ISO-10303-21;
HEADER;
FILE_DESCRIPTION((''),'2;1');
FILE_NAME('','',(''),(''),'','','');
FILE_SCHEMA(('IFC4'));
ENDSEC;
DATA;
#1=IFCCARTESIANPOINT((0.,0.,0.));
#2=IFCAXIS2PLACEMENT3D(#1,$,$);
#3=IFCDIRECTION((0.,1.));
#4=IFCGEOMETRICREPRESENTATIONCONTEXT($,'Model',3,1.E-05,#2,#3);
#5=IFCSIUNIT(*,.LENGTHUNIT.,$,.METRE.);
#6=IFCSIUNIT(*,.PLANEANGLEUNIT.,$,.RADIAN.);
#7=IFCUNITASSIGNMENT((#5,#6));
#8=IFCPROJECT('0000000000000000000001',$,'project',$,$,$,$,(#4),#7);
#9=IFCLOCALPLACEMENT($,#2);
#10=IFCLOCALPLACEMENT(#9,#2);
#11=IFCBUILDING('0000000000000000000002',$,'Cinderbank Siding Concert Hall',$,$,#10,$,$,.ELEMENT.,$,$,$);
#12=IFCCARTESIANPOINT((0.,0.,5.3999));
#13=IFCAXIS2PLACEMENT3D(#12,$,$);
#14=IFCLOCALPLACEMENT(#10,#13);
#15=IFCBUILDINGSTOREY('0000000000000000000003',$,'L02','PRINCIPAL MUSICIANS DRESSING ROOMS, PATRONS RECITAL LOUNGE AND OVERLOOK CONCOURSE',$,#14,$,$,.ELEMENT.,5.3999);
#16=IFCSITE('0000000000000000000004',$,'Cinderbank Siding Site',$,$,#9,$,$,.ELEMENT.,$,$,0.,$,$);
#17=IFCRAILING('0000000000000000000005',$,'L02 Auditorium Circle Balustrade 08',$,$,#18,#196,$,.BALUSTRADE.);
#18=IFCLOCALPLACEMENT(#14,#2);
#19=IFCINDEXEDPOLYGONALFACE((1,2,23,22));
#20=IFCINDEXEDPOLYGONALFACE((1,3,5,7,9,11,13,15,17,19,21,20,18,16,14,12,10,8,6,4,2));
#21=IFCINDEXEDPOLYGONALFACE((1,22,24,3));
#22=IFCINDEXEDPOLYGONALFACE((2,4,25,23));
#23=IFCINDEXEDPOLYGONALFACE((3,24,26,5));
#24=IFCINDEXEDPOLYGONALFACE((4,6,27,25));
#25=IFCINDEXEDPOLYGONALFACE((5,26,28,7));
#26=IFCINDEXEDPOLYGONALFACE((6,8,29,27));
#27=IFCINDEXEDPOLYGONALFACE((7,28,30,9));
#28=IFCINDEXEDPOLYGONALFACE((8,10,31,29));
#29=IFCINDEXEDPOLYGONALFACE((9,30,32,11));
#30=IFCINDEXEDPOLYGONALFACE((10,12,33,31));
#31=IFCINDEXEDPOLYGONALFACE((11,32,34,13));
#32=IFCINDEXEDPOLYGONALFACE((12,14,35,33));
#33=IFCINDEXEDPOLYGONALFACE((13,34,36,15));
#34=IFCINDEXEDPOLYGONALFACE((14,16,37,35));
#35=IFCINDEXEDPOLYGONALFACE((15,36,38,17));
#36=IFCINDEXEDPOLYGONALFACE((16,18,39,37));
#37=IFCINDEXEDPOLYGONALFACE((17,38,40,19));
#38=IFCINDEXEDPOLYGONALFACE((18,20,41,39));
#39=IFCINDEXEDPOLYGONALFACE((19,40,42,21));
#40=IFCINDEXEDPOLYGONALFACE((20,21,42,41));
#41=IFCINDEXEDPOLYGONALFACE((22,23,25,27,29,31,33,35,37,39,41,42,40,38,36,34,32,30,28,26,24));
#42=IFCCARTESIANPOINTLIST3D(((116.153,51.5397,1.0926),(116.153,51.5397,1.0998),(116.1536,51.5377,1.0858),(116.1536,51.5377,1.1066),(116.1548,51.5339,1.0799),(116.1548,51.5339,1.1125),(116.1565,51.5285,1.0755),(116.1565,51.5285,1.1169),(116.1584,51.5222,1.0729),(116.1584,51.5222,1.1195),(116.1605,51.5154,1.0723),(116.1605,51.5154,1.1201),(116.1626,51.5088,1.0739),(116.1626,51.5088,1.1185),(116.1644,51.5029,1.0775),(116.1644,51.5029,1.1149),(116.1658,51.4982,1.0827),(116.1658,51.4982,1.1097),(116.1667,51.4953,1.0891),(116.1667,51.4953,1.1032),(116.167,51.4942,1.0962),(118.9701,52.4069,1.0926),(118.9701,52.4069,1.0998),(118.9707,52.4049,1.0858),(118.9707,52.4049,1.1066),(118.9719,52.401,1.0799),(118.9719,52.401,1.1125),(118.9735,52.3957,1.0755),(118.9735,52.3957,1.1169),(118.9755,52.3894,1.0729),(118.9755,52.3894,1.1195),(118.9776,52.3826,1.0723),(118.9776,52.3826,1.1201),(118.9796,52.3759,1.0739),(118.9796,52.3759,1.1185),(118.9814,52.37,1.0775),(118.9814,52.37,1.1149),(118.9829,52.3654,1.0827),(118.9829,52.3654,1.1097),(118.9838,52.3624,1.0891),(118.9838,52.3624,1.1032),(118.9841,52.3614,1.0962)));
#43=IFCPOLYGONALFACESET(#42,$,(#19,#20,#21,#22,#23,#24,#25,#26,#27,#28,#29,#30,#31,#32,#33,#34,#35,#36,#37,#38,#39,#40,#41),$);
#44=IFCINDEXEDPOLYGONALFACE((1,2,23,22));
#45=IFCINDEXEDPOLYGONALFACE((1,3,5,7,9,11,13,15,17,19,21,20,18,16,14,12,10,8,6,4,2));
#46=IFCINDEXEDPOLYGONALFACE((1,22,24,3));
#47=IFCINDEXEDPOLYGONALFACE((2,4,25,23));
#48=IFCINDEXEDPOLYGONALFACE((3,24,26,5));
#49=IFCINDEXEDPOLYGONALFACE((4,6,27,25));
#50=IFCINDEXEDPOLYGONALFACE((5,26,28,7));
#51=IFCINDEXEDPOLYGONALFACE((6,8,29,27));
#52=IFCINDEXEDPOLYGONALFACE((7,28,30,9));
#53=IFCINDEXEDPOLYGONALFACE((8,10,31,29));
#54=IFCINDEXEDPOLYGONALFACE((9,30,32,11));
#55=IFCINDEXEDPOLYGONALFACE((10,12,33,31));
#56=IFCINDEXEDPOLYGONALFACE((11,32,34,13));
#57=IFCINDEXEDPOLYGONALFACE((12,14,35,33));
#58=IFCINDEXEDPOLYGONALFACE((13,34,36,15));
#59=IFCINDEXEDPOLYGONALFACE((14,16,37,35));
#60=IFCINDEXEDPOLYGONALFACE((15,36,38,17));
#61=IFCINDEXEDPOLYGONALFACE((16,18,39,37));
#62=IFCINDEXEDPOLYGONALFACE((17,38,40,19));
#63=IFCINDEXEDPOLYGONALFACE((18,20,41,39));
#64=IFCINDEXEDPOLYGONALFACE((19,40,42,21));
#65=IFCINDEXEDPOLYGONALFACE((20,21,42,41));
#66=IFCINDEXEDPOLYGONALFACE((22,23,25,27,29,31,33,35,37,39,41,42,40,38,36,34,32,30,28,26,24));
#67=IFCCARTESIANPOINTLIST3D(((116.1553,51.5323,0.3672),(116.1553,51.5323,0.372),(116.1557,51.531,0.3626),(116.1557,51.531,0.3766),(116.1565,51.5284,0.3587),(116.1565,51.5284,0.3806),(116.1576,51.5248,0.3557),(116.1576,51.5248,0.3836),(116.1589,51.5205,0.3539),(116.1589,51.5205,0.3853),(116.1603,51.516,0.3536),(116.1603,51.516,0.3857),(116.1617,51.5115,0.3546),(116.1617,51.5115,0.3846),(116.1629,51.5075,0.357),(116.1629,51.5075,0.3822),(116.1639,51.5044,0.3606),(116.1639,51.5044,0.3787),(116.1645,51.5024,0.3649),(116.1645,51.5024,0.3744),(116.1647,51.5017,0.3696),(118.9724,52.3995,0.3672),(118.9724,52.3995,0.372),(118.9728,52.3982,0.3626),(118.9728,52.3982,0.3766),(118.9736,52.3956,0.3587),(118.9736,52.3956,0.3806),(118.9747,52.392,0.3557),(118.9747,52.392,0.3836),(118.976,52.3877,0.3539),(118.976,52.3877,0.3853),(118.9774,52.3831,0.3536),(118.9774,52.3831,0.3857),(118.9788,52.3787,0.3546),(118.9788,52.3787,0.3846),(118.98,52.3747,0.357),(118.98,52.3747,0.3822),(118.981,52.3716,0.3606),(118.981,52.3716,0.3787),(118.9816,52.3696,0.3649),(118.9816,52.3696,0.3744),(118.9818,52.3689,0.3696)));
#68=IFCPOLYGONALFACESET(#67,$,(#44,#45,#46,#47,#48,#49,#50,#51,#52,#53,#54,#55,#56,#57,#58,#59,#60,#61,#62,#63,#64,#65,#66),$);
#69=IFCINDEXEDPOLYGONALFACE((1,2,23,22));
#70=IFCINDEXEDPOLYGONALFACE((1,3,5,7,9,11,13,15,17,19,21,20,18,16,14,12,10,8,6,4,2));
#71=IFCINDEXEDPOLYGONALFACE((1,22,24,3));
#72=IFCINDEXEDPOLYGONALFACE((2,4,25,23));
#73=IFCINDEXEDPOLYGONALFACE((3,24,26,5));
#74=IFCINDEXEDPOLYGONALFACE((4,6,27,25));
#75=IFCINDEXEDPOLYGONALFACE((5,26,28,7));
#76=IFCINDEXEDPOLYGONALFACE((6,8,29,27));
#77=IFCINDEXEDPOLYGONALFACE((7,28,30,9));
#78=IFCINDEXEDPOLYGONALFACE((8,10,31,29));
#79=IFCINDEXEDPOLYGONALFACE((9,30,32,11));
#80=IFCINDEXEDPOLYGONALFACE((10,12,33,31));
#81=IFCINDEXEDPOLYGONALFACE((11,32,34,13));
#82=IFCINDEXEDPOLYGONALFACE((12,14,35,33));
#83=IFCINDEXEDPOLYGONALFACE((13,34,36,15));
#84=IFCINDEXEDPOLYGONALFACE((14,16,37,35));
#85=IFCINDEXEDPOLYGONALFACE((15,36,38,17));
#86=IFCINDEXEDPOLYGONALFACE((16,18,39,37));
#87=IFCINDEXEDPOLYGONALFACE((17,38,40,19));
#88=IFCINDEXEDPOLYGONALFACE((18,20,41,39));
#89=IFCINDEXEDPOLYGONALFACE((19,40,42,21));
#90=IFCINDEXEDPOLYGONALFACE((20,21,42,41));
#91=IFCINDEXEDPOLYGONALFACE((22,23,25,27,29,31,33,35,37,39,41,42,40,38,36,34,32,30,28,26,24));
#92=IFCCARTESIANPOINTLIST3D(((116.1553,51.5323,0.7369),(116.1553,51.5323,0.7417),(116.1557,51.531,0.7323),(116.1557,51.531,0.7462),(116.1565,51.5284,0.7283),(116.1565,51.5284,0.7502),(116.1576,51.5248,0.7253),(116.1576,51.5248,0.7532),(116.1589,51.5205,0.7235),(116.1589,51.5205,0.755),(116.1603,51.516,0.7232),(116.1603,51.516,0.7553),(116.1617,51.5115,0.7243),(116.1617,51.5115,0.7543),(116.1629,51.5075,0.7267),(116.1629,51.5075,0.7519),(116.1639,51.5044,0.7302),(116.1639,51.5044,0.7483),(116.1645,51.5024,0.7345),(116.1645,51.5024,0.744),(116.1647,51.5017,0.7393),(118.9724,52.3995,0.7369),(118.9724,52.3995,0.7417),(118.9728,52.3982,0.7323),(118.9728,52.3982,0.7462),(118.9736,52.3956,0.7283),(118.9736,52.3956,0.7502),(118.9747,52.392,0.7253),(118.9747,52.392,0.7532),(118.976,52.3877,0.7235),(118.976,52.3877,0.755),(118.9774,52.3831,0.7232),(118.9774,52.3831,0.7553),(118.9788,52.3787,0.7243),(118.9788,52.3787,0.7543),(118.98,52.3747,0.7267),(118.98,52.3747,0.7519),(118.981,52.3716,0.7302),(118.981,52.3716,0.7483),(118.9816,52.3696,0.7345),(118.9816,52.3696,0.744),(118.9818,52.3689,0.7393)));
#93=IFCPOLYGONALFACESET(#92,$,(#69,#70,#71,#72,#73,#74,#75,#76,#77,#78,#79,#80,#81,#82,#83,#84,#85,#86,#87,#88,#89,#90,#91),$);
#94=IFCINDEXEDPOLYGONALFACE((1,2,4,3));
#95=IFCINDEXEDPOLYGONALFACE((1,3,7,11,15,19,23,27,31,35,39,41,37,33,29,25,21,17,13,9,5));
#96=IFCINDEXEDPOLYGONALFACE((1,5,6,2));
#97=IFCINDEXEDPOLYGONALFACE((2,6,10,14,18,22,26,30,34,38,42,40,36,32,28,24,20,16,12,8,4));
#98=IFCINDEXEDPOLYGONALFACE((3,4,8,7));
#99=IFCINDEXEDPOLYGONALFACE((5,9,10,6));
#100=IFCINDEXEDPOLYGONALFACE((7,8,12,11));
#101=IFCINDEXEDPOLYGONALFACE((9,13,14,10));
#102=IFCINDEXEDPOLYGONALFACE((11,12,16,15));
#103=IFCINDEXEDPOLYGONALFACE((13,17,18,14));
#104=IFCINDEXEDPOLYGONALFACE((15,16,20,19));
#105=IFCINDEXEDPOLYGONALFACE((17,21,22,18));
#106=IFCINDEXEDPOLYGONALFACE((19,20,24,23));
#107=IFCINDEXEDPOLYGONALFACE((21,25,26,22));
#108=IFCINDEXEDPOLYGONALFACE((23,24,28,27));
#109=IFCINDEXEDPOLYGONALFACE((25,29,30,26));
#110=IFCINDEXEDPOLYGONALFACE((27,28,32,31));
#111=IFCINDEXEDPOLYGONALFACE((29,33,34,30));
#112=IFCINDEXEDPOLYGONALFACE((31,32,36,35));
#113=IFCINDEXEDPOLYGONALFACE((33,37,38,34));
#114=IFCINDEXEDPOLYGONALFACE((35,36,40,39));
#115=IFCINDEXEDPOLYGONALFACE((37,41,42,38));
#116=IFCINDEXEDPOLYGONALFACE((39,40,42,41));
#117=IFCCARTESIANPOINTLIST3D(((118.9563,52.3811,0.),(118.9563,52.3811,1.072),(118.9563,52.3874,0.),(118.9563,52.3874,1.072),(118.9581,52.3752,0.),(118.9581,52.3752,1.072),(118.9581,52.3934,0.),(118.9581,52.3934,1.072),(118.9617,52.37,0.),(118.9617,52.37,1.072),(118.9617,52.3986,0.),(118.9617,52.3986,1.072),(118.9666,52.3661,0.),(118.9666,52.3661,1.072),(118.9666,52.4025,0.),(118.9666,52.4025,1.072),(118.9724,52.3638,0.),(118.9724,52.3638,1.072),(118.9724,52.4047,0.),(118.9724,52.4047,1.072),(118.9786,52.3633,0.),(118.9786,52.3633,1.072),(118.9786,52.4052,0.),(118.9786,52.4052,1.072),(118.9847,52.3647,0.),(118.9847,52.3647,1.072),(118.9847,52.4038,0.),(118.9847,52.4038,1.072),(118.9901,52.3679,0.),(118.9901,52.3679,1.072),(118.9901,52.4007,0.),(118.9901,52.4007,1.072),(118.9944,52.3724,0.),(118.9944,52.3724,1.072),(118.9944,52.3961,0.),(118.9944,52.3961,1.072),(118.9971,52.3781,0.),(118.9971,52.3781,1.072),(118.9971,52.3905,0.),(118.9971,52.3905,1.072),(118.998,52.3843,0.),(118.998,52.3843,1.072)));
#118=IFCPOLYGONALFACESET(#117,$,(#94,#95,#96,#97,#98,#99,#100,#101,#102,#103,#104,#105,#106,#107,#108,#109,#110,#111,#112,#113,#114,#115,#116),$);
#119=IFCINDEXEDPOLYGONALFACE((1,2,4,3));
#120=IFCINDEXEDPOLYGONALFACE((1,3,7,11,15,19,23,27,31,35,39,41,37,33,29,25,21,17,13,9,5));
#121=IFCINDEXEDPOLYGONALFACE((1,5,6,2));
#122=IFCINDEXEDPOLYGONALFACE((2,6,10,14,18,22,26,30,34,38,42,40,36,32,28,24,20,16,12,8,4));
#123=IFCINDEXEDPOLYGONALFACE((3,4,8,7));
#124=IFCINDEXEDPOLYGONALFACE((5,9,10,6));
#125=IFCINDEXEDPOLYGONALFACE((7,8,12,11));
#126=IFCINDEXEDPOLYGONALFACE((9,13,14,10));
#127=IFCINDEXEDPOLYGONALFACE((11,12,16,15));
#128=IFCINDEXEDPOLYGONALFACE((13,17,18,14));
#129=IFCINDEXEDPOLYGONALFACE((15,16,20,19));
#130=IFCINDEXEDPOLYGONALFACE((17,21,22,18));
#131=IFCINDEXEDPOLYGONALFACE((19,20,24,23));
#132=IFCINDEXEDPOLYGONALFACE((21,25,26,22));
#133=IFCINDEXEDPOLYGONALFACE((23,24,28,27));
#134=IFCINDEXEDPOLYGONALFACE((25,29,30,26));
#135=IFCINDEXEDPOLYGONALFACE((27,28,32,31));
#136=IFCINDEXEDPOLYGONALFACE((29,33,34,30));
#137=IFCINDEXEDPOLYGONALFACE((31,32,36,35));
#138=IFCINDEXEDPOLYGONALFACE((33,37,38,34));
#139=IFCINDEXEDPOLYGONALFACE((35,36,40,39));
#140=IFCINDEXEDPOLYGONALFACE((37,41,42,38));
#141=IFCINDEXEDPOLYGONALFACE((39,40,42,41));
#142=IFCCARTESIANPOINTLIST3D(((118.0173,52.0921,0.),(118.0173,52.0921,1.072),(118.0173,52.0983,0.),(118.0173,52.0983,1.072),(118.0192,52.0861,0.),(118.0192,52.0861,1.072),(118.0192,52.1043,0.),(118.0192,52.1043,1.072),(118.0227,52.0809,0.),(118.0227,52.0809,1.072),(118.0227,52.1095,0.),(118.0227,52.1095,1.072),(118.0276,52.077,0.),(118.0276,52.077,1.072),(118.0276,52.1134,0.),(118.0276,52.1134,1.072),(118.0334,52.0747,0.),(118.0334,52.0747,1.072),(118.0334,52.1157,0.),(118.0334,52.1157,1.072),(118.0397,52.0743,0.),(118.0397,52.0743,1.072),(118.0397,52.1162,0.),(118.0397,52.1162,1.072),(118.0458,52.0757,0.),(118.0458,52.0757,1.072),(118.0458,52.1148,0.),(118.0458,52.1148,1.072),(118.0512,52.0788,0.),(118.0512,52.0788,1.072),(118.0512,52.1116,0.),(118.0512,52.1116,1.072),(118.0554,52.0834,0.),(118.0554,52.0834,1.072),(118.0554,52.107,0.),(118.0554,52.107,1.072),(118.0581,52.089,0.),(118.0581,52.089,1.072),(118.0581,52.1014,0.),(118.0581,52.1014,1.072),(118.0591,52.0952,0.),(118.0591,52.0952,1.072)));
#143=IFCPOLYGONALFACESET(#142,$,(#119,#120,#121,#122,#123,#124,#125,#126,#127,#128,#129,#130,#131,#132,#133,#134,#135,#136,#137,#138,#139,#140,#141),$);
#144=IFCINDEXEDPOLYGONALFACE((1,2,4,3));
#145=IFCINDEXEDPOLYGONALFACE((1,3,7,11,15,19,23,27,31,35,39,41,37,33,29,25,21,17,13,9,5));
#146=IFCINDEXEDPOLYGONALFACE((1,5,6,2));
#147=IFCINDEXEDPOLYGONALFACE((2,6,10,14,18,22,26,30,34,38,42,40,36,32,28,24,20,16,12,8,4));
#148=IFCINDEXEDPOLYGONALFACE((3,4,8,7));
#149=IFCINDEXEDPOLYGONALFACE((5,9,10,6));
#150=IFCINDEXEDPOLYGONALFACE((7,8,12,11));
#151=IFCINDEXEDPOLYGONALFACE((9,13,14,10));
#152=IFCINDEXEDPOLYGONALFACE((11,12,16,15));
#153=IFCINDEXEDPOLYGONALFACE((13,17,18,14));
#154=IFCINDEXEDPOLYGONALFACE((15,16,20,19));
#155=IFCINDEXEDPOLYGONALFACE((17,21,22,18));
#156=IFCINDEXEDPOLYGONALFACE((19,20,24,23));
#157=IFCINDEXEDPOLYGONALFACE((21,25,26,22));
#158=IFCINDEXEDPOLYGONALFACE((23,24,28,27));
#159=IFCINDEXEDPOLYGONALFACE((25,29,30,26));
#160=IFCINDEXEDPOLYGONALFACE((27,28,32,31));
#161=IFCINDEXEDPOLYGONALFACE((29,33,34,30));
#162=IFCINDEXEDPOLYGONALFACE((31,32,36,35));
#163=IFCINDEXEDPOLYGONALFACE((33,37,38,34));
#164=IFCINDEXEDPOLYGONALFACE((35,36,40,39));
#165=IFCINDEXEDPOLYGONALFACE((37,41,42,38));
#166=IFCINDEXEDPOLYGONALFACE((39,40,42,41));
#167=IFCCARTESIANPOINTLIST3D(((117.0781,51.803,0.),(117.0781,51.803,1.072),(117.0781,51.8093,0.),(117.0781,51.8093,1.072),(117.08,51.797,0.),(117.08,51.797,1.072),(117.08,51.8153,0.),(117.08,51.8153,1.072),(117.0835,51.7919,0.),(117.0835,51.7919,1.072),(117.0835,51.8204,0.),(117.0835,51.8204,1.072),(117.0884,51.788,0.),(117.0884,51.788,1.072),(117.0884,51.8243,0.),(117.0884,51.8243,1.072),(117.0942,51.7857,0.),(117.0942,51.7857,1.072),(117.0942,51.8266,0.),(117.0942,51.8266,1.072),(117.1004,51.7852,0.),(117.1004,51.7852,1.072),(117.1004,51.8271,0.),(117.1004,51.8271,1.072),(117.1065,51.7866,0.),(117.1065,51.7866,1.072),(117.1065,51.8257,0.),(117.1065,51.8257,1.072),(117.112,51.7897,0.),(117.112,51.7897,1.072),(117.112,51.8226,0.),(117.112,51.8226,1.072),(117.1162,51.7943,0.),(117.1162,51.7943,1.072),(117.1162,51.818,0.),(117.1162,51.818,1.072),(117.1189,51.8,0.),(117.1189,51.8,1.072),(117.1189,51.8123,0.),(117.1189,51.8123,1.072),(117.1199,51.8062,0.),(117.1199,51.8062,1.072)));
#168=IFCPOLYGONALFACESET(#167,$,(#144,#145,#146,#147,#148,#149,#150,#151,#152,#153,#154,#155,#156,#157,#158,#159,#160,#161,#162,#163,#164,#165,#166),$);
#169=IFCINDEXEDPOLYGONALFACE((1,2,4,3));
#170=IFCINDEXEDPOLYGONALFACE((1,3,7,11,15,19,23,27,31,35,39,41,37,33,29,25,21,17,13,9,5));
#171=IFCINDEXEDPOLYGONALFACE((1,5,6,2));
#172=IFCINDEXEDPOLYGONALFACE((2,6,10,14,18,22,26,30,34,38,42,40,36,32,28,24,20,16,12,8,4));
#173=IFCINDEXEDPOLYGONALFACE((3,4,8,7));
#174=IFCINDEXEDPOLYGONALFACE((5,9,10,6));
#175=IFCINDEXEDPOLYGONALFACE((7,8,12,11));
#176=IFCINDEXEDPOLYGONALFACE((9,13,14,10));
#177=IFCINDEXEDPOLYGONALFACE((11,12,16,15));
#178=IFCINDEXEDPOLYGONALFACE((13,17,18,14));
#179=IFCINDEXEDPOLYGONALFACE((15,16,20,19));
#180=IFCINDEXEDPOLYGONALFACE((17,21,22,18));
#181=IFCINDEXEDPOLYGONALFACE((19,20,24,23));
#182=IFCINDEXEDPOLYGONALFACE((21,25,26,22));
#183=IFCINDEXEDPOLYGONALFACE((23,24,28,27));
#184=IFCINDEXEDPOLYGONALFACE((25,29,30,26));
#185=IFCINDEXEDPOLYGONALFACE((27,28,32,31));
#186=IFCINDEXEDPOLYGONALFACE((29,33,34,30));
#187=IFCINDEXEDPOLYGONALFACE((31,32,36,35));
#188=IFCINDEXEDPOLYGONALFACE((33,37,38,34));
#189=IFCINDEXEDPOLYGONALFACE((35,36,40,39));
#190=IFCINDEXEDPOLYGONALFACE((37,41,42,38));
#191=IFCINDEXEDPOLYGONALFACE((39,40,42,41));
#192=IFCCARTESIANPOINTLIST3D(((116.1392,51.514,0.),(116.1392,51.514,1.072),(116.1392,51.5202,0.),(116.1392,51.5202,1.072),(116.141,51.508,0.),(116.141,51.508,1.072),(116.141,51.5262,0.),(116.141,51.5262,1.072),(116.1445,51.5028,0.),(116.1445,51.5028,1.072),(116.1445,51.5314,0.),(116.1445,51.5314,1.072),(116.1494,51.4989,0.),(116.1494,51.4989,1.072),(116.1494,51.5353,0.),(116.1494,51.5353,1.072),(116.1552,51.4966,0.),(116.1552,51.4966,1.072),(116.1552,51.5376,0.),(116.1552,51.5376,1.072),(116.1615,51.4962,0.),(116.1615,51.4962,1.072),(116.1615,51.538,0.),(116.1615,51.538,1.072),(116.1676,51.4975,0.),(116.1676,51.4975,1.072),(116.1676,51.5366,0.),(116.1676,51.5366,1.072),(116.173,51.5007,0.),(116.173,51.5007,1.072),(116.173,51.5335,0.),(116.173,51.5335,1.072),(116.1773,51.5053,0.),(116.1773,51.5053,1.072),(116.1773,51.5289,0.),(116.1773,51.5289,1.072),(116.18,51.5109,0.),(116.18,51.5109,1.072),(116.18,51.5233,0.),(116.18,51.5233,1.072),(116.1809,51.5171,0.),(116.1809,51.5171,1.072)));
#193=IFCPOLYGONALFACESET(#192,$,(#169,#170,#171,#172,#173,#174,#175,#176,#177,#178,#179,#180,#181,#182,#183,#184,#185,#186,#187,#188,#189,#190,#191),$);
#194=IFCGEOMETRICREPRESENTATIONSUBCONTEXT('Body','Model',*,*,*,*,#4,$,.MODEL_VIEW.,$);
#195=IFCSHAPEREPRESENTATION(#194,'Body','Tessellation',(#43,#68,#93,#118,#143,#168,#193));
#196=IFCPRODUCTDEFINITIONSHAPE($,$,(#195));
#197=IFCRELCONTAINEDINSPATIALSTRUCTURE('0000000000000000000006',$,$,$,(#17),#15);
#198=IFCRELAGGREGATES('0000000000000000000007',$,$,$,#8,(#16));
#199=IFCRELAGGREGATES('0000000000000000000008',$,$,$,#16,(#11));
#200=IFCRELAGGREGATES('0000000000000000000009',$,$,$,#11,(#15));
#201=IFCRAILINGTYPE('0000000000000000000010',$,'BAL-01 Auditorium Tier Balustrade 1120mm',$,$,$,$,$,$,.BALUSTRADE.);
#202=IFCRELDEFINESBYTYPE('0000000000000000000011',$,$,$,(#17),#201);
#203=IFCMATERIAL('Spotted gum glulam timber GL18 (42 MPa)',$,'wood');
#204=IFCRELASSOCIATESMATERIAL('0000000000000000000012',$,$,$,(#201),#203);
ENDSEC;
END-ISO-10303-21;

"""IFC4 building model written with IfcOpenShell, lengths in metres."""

from ifc_helpers import new_model, si_unit, direction, frame, origin, origin_2d, place, context, subcontext, project, spatial, circle, extrude, material, type_object, element, save


model = new_model("IFC4")

# Units and contexts
model_context = context("Model", 3, precision=1e-05, world=origin(), true_north=direction((0.0, 1.0)))
body_context = subcontext(model_context, "Body", "Model", "MODEL_VIEW")
ifc_project = project(units=[si_unit("LENGTHUNIT", "METRE"), si_unit("PLANEANGLEUNIT", "RADIAN")], contexts=[model_context])

# Site, building, storey
site_placement = place(None, origin())
site = spatial("IfcSite", under=ifc_project, at=site_placement, Name="Cinderbank Siding Site", CompositionType="ELEMENT", RefElevation=0.0)
building_placement = place(site_placement, origin())
building = spatial("IfcBuilding", under=site, at=building_placement, Name="Cinderbank Siding Concert Hall", CompositionType="ELEMENT")
storey_placement = place(building_placement, frame((0.0, 0.0, 5.3999)))
storey = spatial("IfcBuildingStorey", under=building, at=storey_placement, Name="L02", Description="PRINCIPAL MUSICIANS DRESSING ROOMS, PATRONS RECITAL LOUNGE AND OVERLOOK CONCOURSE", CompositionType="ELEMENT", Elevation=5.3999)

# Railing
ifc_material_1 = material(Name="Spotted gum glulam timber GL18 (42 MPa)", Category="wood")
railing_type = type_object("IfcRailingType", Name="BAL-01 Auditorium Tier Balustrade 1120mm", PredefinedType="BALUSTRADE", material=ifc_material_1)
railing_1_placement = place(storey_placement, frame((118.9771, 52.3843, 0.0)))
element("IfcRailing", 1, at=railing_1_placement, inside=storey, type_object=railing_type, Name="L02 Auditorium Circle Balustrade 08", PredefinedType="BALUSTRADE", context=body_context, shape_type="SweptSolid", body=[
    extrude(circle(Radius=0.0239, at=origin_2d()), frame((0.0, 0.0, 1.0962), z_axis=(-0.955743, -0.294202, 0.0), x_axis=(0.294202, -0.955743, 0.0)), (0.0, 0.0, 1.0), 2.9475),
    extrude(circle(Radius=0.0161, at=origin_2d()), frame((0.0, 0.0, 0.3696), z_axis=(-0.955743, -0.294202, 0.0), x_axis=(0.294202, -0.955743, 0.0)), (0.0, 0.0, 1.0), 2.9475),
    extrude(circle(Radius=0.0161, at=origin_2d()), frame((0.0, 0.0, 0.7393), z_axis=(-0.955743, -0.294202, 0.0), x_axis=(0.294202, -0.955743, 0.0)), (0.0, 0.0, 1.0), 2.9475),
    extrude(circle(Radius=0.021, at=origin_2d()), origin(), (0.0, 0.0, 1.0), 1.072),
    extrude(circle(Radius=0.021, at=origin_2d()), frame((-0.939, -0.2891, 0.0)), (0.0, 0.0, 1.0), 1.072),
    extrude(circle(Radius=0.021, at=origin_2d()), frame((-1.8782, -0.5781, 0.0)), (0.0, 0.0, 1.0), 1.072),
    extrude(circle(Radius=0.021, at=origin_2d()), frame((-2.8171, -0.8672, 0.0)), (0.0, 0.0, 1.0), 1.072),
])

save(model, "model.ifc")
